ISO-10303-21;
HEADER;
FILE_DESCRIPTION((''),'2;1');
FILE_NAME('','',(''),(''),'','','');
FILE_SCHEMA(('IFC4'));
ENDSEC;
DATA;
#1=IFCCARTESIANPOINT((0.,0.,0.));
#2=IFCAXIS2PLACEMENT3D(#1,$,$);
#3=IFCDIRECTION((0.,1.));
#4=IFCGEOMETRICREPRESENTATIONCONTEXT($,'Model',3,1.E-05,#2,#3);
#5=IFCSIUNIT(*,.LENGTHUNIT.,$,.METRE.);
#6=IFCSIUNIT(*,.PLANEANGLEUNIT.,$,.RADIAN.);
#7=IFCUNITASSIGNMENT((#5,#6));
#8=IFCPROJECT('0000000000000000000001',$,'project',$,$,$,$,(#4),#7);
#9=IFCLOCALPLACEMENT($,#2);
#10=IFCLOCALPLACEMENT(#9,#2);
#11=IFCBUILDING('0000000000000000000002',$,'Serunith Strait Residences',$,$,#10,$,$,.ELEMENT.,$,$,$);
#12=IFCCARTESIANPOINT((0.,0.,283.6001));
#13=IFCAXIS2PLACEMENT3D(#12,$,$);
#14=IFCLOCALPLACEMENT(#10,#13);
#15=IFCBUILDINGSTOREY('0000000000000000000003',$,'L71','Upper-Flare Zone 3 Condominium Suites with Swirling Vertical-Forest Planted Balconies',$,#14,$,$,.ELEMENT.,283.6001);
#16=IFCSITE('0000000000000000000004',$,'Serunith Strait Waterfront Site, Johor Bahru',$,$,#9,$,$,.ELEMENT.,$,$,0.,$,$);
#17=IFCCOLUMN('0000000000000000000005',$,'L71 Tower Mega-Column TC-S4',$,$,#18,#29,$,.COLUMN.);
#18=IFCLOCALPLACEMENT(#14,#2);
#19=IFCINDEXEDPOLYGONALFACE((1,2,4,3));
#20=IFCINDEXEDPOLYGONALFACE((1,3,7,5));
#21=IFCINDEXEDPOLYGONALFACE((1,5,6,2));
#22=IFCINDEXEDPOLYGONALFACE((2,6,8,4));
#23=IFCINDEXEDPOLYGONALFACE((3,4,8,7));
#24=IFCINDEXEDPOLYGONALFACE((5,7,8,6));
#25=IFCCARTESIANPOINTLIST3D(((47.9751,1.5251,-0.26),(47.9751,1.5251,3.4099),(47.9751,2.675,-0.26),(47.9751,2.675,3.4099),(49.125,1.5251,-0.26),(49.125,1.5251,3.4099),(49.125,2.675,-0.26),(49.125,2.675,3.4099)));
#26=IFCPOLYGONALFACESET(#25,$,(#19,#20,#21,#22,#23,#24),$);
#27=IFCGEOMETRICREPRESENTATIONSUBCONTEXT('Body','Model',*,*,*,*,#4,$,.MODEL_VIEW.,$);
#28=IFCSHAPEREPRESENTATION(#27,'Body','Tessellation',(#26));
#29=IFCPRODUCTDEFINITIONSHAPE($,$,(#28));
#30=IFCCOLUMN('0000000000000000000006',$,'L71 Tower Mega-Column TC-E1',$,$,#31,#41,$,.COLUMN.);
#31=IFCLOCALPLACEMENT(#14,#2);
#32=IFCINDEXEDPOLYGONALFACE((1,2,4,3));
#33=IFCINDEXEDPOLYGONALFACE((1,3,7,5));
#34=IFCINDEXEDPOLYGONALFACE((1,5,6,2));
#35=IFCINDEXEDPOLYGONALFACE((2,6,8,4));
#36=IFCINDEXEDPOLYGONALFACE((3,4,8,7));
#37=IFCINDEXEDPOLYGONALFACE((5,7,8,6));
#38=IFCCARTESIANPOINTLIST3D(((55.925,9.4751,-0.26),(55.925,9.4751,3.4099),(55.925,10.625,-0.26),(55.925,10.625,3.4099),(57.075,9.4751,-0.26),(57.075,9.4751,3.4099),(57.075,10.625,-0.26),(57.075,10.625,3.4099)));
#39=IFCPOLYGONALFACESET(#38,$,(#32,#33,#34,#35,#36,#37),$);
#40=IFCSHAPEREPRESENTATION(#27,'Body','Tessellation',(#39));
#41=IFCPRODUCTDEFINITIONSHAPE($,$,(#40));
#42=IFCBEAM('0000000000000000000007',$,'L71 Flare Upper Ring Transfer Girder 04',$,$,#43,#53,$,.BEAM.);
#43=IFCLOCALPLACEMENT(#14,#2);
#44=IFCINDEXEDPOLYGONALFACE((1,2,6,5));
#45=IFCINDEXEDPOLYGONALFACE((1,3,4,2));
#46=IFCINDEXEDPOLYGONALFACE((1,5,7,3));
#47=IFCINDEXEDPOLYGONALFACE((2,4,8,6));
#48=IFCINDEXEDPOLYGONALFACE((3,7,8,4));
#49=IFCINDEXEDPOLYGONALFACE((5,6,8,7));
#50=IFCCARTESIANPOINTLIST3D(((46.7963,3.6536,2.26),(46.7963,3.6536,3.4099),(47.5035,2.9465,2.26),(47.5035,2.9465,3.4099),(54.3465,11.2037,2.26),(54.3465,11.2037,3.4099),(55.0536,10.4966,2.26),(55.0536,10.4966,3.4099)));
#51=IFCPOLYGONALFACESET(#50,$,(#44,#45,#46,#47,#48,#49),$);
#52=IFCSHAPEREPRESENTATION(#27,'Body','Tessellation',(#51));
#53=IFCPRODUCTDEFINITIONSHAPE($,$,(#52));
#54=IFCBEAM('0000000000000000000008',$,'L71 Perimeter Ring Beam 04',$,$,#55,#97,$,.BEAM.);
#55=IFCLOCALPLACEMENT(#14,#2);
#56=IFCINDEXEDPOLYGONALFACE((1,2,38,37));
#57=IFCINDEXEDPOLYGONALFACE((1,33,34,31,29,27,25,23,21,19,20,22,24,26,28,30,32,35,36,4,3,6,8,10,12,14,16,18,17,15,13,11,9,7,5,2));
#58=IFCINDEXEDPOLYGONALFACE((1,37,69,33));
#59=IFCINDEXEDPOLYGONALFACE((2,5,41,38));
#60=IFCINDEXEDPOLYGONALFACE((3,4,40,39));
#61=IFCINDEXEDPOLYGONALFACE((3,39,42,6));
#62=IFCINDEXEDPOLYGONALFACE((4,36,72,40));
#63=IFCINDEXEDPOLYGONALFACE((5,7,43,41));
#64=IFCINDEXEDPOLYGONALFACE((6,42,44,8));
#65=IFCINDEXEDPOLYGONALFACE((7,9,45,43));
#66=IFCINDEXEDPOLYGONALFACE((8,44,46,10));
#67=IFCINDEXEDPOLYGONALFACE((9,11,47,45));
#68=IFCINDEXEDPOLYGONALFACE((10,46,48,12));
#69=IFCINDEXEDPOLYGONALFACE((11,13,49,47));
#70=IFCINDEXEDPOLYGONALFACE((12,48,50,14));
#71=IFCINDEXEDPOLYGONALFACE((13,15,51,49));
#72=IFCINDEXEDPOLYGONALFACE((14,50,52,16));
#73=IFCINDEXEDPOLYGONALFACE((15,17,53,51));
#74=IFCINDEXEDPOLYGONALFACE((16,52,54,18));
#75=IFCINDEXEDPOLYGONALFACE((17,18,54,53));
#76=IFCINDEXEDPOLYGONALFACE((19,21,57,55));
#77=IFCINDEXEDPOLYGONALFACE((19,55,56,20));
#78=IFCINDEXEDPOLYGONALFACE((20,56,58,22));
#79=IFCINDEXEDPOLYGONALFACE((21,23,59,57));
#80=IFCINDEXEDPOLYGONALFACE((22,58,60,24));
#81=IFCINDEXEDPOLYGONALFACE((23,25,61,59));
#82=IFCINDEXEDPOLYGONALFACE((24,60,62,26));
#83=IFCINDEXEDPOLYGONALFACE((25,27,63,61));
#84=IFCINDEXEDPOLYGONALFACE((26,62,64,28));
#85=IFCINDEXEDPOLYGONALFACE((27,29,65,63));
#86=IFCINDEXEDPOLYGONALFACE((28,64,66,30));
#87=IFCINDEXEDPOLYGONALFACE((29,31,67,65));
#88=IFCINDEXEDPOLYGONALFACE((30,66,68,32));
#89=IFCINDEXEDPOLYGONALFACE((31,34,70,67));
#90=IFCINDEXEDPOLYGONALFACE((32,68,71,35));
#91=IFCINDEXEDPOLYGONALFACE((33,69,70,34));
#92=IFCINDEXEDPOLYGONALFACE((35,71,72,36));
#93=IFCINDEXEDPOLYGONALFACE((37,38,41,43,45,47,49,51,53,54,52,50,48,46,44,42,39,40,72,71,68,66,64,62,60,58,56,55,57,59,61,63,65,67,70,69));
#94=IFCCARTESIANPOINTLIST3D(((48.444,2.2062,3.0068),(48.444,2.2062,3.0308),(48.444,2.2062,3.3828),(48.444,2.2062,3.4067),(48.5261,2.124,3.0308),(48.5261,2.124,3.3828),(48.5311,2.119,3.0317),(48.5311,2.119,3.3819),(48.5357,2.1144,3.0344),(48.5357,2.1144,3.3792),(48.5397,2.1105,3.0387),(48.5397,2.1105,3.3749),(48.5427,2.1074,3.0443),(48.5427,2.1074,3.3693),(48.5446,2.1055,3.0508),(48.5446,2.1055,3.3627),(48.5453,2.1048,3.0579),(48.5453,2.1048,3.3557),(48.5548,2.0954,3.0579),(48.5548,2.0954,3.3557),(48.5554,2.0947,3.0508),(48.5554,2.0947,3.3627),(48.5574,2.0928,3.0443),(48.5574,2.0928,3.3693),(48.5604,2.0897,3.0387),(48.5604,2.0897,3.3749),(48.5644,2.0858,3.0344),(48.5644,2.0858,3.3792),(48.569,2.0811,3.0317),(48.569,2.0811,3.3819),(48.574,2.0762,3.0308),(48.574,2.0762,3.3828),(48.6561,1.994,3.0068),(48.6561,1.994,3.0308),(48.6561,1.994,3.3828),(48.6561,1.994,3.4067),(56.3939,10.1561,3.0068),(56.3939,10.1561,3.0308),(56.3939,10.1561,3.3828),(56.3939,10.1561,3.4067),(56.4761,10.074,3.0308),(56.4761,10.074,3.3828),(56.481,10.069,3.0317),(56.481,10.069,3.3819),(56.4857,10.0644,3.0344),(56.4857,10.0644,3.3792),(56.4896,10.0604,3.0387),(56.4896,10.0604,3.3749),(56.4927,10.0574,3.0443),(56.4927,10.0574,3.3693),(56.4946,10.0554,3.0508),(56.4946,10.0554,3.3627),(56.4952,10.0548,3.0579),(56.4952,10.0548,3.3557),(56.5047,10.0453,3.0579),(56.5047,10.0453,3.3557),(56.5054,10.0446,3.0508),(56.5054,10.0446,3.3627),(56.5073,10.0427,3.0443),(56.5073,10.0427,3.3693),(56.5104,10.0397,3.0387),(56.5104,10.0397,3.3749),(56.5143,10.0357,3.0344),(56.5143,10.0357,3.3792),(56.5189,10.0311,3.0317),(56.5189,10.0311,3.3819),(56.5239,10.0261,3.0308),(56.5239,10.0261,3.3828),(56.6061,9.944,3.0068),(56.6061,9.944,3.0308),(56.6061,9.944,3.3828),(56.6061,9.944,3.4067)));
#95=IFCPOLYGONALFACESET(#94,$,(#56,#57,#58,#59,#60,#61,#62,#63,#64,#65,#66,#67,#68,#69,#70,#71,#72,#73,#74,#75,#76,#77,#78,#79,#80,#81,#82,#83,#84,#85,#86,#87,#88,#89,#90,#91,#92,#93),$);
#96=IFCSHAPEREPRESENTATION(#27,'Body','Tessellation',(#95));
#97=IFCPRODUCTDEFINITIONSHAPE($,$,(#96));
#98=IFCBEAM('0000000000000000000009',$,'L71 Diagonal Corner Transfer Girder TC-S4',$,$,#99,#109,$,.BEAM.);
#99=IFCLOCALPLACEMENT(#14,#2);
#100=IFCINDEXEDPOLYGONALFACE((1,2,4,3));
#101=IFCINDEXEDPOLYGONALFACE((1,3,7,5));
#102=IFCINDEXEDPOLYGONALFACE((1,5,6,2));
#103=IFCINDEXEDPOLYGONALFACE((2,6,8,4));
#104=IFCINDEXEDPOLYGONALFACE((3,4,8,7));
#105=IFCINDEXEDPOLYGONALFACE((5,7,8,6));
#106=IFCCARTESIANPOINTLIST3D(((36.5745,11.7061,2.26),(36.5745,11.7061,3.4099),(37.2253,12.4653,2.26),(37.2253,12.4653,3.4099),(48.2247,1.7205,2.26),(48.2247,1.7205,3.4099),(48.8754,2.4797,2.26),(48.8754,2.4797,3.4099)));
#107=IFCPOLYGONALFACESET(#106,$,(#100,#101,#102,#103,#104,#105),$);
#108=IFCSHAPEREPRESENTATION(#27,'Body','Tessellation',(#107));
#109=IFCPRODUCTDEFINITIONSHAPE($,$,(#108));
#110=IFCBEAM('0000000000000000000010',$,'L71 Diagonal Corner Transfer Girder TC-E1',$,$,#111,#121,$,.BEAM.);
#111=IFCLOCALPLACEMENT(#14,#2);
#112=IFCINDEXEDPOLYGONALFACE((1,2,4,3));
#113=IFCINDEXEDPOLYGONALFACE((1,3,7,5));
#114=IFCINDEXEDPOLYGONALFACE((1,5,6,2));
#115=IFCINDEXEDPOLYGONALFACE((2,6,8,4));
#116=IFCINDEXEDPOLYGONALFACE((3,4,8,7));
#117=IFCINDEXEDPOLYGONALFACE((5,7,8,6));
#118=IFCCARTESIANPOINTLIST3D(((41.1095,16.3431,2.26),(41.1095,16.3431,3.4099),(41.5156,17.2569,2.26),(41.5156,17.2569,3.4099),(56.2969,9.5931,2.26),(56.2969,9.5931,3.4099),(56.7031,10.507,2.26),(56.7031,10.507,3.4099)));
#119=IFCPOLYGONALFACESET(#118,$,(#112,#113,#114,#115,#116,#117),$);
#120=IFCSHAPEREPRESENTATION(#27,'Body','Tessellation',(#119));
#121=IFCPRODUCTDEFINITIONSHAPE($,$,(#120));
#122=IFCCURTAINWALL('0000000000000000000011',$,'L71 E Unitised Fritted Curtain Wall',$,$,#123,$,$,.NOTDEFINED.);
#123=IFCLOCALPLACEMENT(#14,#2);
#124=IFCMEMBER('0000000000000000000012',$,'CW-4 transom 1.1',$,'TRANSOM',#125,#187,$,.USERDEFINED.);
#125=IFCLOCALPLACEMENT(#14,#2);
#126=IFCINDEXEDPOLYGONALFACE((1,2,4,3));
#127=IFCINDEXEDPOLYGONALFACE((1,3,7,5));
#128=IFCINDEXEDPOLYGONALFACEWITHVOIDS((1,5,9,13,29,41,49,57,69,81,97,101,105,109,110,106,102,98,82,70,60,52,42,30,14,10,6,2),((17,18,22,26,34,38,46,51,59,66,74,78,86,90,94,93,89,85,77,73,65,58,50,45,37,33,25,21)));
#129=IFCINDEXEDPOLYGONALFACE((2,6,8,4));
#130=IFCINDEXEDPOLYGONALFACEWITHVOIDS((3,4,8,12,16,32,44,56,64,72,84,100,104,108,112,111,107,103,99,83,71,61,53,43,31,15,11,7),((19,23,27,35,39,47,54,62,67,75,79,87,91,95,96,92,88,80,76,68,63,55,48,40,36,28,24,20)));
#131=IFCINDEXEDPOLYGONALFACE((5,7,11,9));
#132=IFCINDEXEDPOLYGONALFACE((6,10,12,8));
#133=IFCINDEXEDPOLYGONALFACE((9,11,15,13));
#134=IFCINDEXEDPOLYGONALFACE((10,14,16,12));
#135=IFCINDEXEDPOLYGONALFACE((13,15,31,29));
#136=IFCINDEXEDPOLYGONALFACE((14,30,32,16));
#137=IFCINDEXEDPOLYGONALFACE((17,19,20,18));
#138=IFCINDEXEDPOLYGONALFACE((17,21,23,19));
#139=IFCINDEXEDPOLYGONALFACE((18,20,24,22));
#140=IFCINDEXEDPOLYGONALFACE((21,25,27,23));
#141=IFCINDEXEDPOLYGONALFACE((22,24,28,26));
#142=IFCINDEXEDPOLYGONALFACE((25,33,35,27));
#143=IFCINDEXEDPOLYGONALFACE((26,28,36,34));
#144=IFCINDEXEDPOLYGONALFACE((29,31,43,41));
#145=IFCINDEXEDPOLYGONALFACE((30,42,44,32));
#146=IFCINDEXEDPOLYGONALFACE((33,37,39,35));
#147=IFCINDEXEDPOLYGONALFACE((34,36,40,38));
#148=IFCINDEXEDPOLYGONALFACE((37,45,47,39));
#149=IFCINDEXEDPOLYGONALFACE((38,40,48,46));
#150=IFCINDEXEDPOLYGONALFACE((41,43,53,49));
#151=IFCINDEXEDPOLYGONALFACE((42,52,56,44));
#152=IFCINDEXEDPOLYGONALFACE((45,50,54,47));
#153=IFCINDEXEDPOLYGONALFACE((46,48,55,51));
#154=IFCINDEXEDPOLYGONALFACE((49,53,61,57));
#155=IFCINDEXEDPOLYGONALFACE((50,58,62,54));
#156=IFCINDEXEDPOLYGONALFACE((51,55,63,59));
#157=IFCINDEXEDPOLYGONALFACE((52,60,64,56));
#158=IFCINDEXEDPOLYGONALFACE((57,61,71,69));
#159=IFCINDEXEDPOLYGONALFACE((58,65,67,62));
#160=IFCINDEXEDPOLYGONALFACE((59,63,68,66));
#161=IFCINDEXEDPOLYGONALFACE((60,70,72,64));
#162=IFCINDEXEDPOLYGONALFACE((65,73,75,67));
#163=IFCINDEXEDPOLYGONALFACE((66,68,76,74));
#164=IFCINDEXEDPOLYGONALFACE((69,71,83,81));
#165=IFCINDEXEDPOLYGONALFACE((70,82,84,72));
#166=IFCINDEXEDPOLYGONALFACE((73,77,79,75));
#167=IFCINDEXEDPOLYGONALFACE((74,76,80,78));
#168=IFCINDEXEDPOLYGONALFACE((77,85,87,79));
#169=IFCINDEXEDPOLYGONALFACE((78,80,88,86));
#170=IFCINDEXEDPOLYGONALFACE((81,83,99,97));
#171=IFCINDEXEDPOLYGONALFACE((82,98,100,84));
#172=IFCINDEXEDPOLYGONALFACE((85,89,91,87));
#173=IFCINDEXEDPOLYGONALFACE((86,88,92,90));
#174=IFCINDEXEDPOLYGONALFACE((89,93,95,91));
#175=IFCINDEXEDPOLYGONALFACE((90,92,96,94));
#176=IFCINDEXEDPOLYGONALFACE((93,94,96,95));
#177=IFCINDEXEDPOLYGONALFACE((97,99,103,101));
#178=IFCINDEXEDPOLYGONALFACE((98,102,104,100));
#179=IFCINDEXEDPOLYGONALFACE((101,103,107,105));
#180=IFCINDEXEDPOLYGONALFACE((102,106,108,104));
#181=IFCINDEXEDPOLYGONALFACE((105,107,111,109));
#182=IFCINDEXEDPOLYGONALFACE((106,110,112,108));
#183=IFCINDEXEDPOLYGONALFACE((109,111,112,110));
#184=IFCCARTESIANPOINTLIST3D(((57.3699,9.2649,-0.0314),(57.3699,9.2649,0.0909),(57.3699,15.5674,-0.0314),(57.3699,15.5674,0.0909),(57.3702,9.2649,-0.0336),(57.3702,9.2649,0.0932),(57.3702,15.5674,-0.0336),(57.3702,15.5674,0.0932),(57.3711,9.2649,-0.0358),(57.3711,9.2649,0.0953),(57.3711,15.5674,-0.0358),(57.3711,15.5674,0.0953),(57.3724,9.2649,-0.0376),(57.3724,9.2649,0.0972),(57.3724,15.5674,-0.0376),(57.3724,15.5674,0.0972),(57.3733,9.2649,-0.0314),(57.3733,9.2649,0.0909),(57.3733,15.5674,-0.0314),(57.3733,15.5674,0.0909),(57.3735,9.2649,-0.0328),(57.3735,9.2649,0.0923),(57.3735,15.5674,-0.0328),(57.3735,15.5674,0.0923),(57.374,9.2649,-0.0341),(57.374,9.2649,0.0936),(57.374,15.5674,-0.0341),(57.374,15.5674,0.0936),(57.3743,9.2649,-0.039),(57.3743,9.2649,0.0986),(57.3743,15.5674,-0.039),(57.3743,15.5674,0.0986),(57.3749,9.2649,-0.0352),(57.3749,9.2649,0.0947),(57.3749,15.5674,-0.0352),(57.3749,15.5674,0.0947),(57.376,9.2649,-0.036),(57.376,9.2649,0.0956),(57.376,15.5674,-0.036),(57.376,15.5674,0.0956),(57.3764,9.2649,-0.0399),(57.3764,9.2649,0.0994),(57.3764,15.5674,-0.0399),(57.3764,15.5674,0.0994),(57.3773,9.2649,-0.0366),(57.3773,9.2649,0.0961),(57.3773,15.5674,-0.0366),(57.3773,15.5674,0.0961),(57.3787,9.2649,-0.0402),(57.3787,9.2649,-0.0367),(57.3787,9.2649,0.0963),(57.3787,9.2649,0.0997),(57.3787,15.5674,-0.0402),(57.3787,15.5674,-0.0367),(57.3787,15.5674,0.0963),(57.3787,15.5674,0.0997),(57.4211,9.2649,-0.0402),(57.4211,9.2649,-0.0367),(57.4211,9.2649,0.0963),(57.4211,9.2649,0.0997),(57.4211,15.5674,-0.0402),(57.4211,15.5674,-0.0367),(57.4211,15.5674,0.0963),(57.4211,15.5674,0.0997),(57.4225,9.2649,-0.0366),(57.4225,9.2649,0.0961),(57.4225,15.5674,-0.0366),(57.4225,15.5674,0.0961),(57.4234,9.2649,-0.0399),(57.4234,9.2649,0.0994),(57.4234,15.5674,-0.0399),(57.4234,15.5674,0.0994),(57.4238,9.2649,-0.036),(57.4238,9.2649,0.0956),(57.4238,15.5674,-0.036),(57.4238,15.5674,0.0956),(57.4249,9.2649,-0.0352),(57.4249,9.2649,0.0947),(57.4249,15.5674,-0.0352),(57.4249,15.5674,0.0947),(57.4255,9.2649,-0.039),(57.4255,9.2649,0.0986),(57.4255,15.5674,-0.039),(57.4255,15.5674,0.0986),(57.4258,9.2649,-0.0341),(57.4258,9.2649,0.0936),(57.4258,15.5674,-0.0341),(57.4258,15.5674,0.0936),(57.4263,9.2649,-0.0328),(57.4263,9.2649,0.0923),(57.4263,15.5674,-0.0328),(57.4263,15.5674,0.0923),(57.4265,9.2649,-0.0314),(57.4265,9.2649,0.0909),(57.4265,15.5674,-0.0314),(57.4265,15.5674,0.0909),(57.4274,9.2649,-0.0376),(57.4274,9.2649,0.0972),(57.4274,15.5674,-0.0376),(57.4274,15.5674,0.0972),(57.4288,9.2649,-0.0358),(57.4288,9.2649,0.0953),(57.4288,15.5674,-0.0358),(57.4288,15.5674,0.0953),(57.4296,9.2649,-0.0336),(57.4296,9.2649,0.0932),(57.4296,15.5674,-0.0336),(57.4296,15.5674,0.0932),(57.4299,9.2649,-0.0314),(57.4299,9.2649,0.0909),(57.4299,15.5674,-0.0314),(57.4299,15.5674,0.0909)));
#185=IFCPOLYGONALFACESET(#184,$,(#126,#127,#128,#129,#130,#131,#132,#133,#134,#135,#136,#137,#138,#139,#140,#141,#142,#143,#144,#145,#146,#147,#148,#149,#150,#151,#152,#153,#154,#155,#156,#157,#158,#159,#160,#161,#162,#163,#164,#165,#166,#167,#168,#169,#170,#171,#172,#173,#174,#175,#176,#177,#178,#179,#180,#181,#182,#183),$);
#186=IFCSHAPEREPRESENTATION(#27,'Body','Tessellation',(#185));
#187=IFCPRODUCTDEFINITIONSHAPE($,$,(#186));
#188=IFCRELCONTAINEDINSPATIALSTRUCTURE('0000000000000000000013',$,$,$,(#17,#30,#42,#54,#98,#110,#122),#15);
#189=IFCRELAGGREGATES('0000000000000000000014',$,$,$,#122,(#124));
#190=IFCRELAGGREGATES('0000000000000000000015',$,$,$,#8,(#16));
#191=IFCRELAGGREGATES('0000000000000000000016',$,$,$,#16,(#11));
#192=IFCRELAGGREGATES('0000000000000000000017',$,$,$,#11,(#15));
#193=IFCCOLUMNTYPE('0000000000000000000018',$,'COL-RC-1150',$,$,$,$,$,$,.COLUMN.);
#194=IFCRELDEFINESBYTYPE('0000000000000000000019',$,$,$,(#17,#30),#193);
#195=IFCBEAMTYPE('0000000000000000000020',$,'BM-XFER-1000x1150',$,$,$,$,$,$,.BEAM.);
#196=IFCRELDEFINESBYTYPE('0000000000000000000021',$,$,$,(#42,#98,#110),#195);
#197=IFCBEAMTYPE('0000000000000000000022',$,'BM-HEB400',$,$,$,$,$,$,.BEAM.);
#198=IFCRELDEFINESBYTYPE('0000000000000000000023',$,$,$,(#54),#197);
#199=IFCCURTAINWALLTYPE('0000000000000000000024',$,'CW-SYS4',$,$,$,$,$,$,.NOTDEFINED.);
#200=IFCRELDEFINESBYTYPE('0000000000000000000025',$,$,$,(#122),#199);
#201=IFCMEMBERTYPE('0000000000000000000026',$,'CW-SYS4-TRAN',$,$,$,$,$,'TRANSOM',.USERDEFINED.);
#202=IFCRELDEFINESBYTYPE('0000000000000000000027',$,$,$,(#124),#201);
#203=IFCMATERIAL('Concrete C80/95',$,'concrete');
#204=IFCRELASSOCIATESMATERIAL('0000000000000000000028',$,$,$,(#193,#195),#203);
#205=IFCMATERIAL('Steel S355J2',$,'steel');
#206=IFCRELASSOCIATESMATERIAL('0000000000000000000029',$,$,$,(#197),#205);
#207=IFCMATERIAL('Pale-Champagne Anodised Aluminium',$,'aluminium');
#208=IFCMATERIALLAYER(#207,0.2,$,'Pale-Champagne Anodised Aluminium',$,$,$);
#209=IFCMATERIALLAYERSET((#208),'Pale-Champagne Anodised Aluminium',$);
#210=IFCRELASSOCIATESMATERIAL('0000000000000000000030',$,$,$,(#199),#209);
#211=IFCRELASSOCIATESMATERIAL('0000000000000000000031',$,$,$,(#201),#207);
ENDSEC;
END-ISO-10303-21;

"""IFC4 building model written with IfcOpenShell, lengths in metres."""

from ifc_helpers import new_model, si_unit, direction, frame, origin, origin_2d, place, context, subcontext, project, spatial, rectangle, hollow_rectangle, i_section, extrude, source, transform, mapped, material, layer, layer_set, material_profile, profile_set, type_object, element, aggregate, save


model = new_model("IFC4")

# Units and contexts
model_context = context("Model", 3, precision=1e-05, world=origin(), true_north=direction((0.0, 1.0)))
body_context = subcontext(model_context, "Body", "Model", "MODEL_VIEW")
ifc_project = project(units=[si_unit("LENGTHUNIT", "METRE"), si_unit("PLANEANGLEUNIT", "RADIAN")], contexts=[model_context])

# Site, building, storey
site_placement = place(None, origin())
site = spatial("IfcSite", under=ifc_project, at=site_placement, Name="Serunith Strait Waterfront Site, Johor Bahru", CompositionType="ELEMENT", RefElevation=0.0)
building_placement = place(site_placement, origin())
building = spatial("IfcBuilding", under=site, at=building_placement, Name="Serunith Strait Residences", CompositionType="ELEMENT")
storey_placement = place(building_placement, frame((0.0, 0.0, 283.6001)))
storey = spatial("IfcBuildingStorey", under=building, at=storey_placement, Name="L71", Description="Upper-Flare Zone 3 Condominium Suites with Swirling Vertical-Forest Planted Balconies", CompositionType="ELEMENT", Elevation=283.6001)

# Columns
ifc_material_1 = material(Name="Concrete C80/95", Category="concrete")
ifc_material_profile_1 = material_profile(ifc_material_1, rectangle(XDim=1.1499, YDim=1.1499, at=origin_2d()), Name="RC 1150x1150")
ifc_profile_set_1 = profile_set([ifc_material_profile_1], Name="Concrete C80/95")
column_type = type_object("IfcColumnType", Name="COL-RC-1150", PredefinedType="COLUMN", material=ifc_profile_set_1)
shared_shape_1 = source(origin(), body_context, "Body", "SweptSolid", [
    extrude(rectangle(XDim=1.1499, YDim=1.1499, at=origin_2d()), origin(), (0.0, 0.0, 1.0), 3.6699),
])
for number, where, z_axis, x_axis, name in (
    (1, (48.55, 2.1001, -0.26), (0.0, 0.0, 1.0), (1.0, 0.0, 0.0), "L71 Tower Mega-Column TC-S4"),
    (2, (56.5, 10.05, -0.26), (0.0, 0.0, 1.0), (1.0, 0.0, 0.0), "L71 Tower Mega-Column TC-E1"),
):
    element("IfcColumn", number, at=place(storey_placement, frame(where, z_axis=z_axis, x_axis=x_axis)), inside=storey, type_object=column_type, Name=name, PredefinedType="COLUMN", context=body_context, shape_type="MappedRepresentation", body=[
        mapped(shared_shape_1, transform((0.0, 0.0, 0.0), scale=1.0)),
    ])

# Beams
ifc_material_profile_2 = material_profile(ifc_material_1, rectangle(XDim=1.0, YDim=1.1499, at=origin_2d()), Name="RC 1000x1150")
ifc_profile_set_2 = profile_set([ifc_material_profile_2], Name="Concrete C80/95")
beam_type_1 = type_object("IfcBeamType", Name="BM-XFER-1000x1150", PredefinedType="BEAM", material=ifc_profile_set_2)
shared_shape_2 = source(origin(), body_context, "Body", "SweptSolid", [
    extrude(rectangle(XDim=1.0, YDim=1.1499, at=origin_2d()), origin(), (0.0, 0.0, 1.0), 10.6775),
])
beam_1_placement = place(storey_placement, frame((47.1499, 3.3, 2.835), z_axis=(0.707107, 0.707107, 0.0), x_axis=(-0.707107, 0.707107, 0.0)))
element("IfcBeam", 3, at=beam_1_placement, inside=storey, type_object=beam_type_1, Name="L71 Flare Upper Ring Transfer Girder 04", PredefinedType="BEAM", context=body_context, shape_type="MappedRepresentation", body=[
    mapped(shared_shape_2, transform((0.0, 0.0, 0.0), scale=1.0)),
])
ifc_material_2 = material(Name="Steel S355J2", Category="steel")
ifc_material_profile_3 = material_profile(ifc_material_2, i_section(OverallWidth=0.3, OverallDepth=0.3999, WebThickness=0.0134, FlangeThickness=0.0239, FilletRadius=0.0271, at=origin_2d()), Name="HEB 400")
ifc_profile_set_3 = profile_set([ifc_material_profile_3], Name="Steel S355J2")
beam_type_2 = type_object("IfcBeamType", Name="BM-HEB400", PredefinedType="BEAM", material=ifc_profile_set_3)
shared_shape_3 = source(origin(), body_context, "Body", "SweptSolid", [
    extrude(i_section(OverallWidth=0.3, OverallDepth=0.3999, WebThickness=0.0134, FlangeThickness=0.0239, FilletRadius=0.0271, at=origin_2d()), origin(), (0.0, 0.0, 1.0), 11.2429),
])
beam_2_placement = place(storey_placement, frame((48.55, 2.1001, 3.2068), z_axis=(0.707107, 0.707107, 0.0), x_axis=(-0.707107, 0.707107, 0.0)))
element("IfcBeam", 4, at=beam_2_placement, inside=storey, type_object=beam_type_2, Name="L71 Perimeter Ring Beam 04", PredefinedType="BEAM", context=body_context, shape_type="MappedRepresentation", body=[
    mapped(shared_shape_3, transform((0.0, 0.0, 0.0), scale=1.0)),
])
shared_shape_4 = source(origin(), body_context, "Body", "SweptSolid", [
    extrude(rectangle(XDim=1.0, YDim=1.1499, at=origin_2d()), origin(), (0.0, 0.0, 1.0), 15.344),
])
beam_3_placement = place(storey_placement, frame((48.55, 2.1001, 2.835), z_axis=(-0.759264, 0.650782, 0.0), x_axis=(-0.650782, -0.759264, 0.0)))
element("IfcBeam", 5, at=beam_3_placement, inside=storey, type_object=beam_type_1, Name="L71 Diagonal Corner Transfer Girder TC-S4", PredefinedType="BEAM", context=body_context, shape_type="MappedRepresentation", body=[
    mapped(shared_shape_4, transform((0.0, 0.0, 0.0), scale=1.0)),
])
shared_shape_5 = source(origin(), body_context, "Body", "SweptSolid", [
    extrude(rectangle(XDim=1.0, YDim=1.1499, at=origin_2d()), origin(), (0.0, 0.0, 1.0), 16.6199),
])
beam_4_placement = place(storey_placement, frame((56.5, 10.05, 2.835), z_axis=(-0.913812, 0.406138, 0.0), x_axis=(-0.406138, -0.913812, 0.0)))
element("IfcBeam", 6, at=beam_4_placement, inside=storey, type_object=beam_type_1, Name="L71 Diagonal Corner Transfer Girder TC-E1", PredefinedType="BEAM", context=body_context, shape_type="MappedRepresentation", body=[
    mapped(shared_shape_5, transform((0.0, 0.0, 0.0), scale=1.0)),
])

# Curtain wall, member
ifc_material_3 = material(Name="Pale-Champagne Anodised Aluminium", Category="aluminium")
ifc_layer_1 = layer(ifc_material_3, 0.2, Name="Pale-Champagne Anodised Aluminium")
ifc_layer_set_1 = layer_set([ifc_layer_1], Name="Pale-Champagne Anodised Aluminium")
curtain_wall_type = type_object("IfcCurtainWallType", Name="CW-SYS4", PredefinedType="NOTDEFINED", material=ifc_layer_set_1)
curtain_wall_1_placement = place(storey_placement, origin())
curtain_wall_1 = element("IfcCurtainWall", 7, at=curtain_wall_1_placement, inside=storey, type_object=curtain_wall_type, Name="L71 E Unitised Fritted Curtain Wall", PredefinedType="NOTDEFINED")
ifc_material_profile_4 = material_profile(ifc_material_3, hollow_rectangle(XDim=0.0601, YDim=0.1399, WallThickness=0.0034, InnerFilletRadius=0.0054, OuterFilletRadius=0.0088, at=origin_2d()), Name="ALU 140x60x3.5")
ifc_profile_set_4 = profile_set([ifc_material_profile_4], Name="Pale-Champagne Anodised Aluminium")
member_type_1 = type_object("IfcMemberType", Name="CW-SYS4-TRAN", ElementType="TRANSOM", PredefinedType="USERDEFINED", material=ifc_profile_set_4)
shared_shape_6 = source(origin(), body_context, "Body", "SweptSolid", [
    extrude(hollow_rectangle(XDim=0.0601, YDim=0.1399, WallThickness=0.0034, InnerFilletRadius=0.0054, OuterFilletRadius=0.0088, at=origin_2d()), origin(), (0.0, 0.0, 1.0), 6.3025),
])
member_1_placement = place(storey_placement, frame((57.3999, 9.2649, 0.0298), z_axis=(0.0, 1.0, 0.0), x_axis=(-1.0, 0.0, 0.0)))
member_1 = element("IfcMember", 8, at=member_1_placement, type_object=member_type_1, Name="CW-4 transom 1.1", ObjectType="TRANSOM", PredefinedType="USERDEFINED", context=body_context, shape_type="MappedRepresentation", body=[
    mapped(shared_shape_6, transform((0.0, 0.0, 0.0), scale=1.0)),
])

aggregate(curtain_wall_1, [member_1])

save(model, "model.ifc")
